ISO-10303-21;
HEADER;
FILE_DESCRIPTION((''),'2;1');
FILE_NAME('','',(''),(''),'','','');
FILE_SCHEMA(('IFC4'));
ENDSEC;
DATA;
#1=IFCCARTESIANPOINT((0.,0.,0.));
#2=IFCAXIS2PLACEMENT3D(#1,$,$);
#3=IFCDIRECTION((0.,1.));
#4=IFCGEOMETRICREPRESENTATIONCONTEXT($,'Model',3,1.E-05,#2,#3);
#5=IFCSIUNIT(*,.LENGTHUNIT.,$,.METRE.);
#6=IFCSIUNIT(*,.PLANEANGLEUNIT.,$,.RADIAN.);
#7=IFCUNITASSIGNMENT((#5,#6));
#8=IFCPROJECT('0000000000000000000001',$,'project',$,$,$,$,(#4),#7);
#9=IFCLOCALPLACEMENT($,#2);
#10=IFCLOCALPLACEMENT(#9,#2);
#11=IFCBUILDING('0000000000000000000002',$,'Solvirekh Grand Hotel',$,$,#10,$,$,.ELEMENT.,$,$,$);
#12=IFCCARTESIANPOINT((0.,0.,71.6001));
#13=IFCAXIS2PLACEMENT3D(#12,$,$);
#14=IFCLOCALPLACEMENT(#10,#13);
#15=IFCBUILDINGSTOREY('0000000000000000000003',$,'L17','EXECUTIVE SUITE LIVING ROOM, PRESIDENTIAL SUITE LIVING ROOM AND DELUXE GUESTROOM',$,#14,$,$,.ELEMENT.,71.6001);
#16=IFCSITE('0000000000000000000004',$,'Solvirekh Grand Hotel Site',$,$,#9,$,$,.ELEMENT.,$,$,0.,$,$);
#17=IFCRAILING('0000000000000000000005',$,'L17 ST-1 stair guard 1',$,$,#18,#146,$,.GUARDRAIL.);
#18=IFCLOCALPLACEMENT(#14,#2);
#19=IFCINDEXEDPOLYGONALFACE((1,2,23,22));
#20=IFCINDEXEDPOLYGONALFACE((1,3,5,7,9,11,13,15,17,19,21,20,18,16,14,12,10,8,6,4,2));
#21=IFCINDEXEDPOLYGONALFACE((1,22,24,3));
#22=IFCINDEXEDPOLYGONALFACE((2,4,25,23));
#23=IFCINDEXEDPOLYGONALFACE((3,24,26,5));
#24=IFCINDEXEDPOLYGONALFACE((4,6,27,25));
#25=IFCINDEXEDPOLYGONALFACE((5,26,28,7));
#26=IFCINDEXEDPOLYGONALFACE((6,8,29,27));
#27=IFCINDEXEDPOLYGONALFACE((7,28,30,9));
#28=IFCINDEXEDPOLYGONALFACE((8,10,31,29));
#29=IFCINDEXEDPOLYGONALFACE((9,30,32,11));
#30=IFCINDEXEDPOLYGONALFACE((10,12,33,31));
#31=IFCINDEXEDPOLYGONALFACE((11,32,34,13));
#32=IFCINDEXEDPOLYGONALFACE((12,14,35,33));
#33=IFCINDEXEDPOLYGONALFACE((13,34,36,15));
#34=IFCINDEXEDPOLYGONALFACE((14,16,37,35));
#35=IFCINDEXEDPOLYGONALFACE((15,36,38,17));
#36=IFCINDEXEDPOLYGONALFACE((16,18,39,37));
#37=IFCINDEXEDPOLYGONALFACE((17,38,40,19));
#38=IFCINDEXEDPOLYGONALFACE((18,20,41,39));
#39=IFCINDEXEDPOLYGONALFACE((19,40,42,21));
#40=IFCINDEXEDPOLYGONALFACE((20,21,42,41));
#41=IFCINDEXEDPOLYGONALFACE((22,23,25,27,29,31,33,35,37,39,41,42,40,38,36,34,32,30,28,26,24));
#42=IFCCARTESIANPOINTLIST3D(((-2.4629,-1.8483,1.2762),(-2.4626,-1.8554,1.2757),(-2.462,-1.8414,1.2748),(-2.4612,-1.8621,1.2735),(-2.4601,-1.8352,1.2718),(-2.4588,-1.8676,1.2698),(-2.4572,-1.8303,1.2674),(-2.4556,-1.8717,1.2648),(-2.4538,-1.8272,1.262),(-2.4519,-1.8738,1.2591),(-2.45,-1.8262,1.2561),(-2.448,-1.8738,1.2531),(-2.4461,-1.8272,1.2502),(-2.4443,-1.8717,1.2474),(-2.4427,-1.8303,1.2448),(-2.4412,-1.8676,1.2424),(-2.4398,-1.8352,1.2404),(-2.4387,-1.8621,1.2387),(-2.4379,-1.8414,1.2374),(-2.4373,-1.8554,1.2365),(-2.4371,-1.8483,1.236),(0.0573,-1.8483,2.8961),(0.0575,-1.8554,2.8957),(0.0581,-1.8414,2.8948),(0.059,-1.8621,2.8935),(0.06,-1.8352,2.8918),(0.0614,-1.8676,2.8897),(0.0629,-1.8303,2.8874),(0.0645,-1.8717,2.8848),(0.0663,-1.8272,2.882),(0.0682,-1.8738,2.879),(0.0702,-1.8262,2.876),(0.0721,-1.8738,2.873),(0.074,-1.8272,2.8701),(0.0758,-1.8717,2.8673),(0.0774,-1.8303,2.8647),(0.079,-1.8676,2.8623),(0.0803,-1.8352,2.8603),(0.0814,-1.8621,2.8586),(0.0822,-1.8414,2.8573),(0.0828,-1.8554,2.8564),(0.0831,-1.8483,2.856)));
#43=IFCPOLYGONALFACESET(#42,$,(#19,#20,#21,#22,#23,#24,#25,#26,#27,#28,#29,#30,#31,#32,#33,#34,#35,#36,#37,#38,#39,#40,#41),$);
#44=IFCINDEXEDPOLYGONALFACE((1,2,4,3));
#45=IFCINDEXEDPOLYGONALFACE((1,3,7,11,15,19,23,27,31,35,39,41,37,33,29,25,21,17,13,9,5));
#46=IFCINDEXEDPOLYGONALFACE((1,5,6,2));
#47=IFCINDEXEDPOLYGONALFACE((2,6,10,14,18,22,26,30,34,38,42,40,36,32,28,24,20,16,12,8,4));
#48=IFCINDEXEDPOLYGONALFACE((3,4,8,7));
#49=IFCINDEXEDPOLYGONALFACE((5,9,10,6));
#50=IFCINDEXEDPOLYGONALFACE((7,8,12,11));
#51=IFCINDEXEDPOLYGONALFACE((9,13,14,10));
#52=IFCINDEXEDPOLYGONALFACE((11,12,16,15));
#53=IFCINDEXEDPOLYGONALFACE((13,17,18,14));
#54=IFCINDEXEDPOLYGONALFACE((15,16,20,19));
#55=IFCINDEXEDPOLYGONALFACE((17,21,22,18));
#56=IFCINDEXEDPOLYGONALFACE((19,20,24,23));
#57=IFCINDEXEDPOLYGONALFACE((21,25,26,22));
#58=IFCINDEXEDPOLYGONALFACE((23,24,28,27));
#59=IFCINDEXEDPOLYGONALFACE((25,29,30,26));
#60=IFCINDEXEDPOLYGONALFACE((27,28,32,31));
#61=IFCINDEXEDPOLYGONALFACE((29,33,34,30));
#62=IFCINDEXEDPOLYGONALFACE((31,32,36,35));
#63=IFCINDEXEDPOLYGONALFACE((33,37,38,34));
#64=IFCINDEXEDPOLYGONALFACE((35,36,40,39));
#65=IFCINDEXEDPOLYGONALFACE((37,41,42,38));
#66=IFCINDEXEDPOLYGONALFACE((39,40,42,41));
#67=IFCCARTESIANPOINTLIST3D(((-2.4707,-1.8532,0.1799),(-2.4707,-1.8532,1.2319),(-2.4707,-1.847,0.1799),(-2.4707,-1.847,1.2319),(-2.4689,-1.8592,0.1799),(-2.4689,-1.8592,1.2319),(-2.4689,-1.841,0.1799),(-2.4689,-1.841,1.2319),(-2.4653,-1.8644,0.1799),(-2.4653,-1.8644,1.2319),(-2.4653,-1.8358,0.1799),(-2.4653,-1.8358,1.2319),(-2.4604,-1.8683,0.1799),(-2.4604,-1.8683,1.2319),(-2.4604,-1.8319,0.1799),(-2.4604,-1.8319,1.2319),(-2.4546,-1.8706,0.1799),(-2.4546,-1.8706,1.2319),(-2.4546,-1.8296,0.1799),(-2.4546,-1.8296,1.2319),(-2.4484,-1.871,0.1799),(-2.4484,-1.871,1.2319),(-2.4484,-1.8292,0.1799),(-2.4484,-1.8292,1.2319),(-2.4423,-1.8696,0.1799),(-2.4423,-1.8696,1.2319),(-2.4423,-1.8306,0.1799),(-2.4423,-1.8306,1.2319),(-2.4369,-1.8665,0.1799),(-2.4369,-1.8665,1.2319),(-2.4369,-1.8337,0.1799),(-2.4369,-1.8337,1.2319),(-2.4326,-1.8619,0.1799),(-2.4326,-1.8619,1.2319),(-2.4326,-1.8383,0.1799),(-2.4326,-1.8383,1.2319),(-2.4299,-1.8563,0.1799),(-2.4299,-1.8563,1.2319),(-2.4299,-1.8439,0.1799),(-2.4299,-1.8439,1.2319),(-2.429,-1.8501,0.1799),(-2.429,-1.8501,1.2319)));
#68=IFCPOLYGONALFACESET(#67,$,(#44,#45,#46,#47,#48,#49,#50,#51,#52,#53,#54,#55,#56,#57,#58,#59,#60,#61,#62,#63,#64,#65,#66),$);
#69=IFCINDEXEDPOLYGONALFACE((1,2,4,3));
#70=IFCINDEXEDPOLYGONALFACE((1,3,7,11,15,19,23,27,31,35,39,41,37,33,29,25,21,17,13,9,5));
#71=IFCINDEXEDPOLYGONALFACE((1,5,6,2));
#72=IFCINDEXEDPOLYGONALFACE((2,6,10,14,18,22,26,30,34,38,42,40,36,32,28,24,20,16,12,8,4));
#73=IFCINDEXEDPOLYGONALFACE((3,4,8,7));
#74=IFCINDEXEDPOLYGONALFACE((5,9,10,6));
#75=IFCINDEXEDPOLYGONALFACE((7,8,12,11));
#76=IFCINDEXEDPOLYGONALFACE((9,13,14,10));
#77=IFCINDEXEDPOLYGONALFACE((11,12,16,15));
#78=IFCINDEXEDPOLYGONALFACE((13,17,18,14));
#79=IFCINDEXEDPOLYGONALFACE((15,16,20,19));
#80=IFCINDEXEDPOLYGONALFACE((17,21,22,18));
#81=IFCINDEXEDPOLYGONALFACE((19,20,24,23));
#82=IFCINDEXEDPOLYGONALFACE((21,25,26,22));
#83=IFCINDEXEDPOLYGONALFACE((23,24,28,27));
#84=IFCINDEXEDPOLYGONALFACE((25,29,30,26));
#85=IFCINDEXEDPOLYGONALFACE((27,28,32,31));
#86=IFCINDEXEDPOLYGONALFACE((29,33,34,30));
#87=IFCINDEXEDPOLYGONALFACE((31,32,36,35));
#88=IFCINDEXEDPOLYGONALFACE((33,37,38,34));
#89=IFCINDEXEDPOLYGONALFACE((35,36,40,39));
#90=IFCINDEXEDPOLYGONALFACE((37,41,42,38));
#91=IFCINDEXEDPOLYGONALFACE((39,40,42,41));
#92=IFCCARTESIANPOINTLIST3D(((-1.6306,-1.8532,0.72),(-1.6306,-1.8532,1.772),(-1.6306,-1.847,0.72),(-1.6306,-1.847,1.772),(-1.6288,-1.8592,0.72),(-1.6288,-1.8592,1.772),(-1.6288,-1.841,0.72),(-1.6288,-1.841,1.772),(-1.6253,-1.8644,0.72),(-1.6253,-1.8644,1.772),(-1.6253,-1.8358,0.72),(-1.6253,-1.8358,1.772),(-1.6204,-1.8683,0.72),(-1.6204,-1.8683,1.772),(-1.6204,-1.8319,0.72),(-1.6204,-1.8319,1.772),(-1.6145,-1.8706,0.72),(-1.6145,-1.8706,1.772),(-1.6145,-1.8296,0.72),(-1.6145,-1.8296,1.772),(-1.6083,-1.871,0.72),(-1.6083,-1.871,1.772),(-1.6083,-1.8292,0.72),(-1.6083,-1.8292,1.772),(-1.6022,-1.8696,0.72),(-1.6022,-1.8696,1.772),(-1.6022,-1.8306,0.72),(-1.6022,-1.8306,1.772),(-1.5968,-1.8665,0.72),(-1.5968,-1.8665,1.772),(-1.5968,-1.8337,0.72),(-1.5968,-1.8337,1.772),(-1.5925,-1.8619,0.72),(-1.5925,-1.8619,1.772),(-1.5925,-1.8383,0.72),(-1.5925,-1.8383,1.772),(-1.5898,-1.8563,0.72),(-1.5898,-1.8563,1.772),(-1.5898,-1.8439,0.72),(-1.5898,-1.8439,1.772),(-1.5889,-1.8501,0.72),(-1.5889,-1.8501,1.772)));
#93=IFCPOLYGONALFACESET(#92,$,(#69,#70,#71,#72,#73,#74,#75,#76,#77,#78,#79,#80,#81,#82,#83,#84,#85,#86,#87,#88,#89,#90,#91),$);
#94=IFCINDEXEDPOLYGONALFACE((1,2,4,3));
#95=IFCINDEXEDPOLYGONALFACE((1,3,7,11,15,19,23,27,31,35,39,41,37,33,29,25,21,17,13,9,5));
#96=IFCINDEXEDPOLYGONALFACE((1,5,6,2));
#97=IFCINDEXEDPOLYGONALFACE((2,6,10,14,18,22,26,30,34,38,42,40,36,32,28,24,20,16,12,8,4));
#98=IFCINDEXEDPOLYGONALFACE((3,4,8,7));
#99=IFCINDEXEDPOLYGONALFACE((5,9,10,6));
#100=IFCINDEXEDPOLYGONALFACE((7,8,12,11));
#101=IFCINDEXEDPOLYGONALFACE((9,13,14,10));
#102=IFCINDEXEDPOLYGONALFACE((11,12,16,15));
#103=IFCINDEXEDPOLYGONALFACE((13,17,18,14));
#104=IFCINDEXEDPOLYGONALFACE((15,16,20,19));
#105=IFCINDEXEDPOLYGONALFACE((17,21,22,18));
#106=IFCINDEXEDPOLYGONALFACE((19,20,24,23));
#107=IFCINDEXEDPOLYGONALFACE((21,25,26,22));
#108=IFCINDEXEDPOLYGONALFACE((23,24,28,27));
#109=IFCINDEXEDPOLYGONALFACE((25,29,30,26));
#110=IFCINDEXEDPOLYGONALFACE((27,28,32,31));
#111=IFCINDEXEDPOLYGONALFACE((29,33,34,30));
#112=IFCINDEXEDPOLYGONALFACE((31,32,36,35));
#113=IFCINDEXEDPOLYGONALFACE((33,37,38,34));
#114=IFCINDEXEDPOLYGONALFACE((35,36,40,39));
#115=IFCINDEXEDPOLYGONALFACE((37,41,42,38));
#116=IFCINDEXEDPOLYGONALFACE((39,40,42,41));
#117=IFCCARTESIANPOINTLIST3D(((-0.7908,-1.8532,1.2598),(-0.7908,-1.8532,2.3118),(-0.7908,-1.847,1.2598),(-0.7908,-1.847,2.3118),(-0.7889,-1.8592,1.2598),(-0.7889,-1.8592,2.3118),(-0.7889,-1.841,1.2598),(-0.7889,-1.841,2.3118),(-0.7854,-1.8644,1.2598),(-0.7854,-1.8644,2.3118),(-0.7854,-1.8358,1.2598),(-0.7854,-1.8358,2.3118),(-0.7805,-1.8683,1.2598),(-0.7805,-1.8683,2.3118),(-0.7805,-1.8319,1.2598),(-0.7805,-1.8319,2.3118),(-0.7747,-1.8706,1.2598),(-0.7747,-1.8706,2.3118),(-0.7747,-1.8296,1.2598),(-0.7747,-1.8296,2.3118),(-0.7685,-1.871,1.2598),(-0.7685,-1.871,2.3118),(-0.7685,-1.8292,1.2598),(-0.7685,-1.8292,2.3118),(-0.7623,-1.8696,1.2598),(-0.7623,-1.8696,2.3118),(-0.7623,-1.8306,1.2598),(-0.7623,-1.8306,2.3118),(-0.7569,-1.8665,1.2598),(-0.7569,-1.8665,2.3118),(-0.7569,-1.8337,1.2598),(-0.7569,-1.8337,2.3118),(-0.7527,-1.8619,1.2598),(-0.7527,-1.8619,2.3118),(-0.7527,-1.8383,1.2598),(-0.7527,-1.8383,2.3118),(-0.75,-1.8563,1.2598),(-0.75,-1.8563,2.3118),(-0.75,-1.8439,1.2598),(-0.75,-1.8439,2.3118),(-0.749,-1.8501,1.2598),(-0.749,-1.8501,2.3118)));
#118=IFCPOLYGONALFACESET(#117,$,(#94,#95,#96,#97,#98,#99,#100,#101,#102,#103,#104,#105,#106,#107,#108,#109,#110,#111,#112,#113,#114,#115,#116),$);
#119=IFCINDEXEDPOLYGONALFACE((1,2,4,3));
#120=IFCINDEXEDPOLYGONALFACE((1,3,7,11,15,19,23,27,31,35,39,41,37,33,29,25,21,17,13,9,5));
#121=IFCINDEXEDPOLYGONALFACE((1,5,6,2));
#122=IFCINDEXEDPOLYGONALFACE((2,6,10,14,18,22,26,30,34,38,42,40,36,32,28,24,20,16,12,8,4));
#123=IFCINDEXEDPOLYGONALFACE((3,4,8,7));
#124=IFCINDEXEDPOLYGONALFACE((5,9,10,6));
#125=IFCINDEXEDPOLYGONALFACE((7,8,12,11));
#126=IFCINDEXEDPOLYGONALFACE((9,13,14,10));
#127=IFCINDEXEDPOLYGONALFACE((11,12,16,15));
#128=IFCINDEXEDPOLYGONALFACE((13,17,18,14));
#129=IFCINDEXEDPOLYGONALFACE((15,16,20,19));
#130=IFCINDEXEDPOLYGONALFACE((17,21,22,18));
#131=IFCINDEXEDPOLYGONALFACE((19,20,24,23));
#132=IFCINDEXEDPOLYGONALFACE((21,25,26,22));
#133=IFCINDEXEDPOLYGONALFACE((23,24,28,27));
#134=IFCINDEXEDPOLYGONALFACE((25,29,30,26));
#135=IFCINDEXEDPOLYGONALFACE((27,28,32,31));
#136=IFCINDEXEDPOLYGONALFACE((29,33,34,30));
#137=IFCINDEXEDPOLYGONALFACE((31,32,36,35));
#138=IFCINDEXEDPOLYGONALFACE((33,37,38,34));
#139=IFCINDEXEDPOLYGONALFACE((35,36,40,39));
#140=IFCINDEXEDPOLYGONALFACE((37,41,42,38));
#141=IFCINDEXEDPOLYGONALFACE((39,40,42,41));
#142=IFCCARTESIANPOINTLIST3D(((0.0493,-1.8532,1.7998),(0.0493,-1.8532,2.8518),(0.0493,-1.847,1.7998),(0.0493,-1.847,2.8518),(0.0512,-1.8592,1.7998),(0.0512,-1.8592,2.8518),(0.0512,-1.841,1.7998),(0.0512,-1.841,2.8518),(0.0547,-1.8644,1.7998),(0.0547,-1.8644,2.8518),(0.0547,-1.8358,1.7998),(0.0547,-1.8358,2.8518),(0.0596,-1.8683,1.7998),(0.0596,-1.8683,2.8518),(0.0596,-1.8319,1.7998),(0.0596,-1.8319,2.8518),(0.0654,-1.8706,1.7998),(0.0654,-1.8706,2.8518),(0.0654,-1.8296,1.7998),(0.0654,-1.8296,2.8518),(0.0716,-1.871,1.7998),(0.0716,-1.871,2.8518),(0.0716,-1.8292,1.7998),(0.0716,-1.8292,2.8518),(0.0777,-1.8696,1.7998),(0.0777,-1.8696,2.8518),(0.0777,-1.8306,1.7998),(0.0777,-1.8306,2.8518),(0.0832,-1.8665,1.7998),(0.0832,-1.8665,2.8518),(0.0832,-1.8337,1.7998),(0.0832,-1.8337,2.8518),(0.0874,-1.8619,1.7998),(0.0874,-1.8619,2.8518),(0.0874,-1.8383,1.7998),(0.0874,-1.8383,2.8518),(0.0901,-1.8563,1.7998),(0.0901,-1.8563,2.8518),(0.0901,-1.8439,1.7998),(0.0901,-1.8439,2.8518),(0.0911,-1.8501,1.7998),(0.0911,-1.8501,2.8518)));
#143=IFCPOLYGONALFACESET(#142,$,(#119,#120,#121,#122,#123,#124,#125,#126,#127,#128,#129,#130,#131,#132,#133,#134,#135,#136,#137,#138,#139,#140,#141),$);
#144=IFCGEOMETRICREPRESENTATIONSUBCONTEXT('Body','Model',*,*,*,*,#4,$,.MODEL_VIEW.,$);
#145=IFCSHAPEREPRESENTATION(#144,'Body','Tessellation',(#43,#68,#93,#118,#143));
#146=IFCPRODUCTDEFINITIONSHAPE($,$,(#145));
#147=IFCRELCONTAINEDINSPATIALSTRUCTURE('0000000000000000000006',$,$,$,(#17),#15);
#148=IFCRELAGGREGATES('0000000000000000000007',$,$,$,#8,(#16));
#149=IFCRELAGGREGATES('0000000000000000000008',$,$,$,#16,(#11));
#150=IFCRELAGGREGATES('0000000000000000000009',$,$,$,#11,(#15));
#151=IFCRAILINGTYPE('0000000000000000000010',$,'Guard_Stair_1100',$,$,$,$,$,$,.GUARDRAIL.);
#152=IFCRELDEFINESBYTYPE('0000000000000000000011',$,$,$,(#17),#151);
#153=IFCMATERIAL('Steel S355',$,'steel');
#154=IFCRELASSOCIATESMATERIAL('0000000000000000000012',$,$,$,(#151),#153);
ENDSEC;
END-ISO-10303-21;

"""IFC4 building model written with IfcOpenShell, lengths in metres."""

from ifc_helpers import new_model, si_unit, direction, frame, origin, origin_2d, place, context, subcontext, project, spatial, circle, extrude, material, type_object, element, save


model = new_model("IFC4")

# Units and contexts
model_context = context("Model", 3, precision=1e-05, world=origin(), true_north=direction((0.0, 1.0)))
body_context = subcontext(model_context, "Body", "Model", "MODEL_VIEW")
ifc_project = project(units=[si_unit("LENGTHUNIT", "METRE"), si_unit("PLANEANGLEUNIT", "RADIAN")], contexts=[model_context])

# Site, building, storey
site_placement = place(None, origin())
site = spatial("IfcSite", under=ifc_project, at=site_placement, Name="Solvirekh Grand Hotel Site", CompositionType="ELEMENT", RefElevation=0.0)
building_placement = place(site_placement, origin())
building = spatial("IfcBuilding", under=site, at=building_placement, Name="Solvirekh Grand Hotel", CompositionType="ELEMENT")
storey_placement = place(building_placement, frame((0.0, 0.0, 71.6001)))
storey = spatial("IfcBuildingStorey", under=building, at=storey_placement, Name="L17", Description="EXECUTIVE SUITE LIVING ROOM, PRESIDENTIAL SUITE LIVING ROOM AND DELUXE GUESTROOM", CompositionType="ELEMENT", Elevation=71.6001)

# Railing
ifc_material_1 = material(Name="Steel S355", Category="steel")
railing_type_1 = type_object("IfcRailingType", Name="Guard_Stair_1100", PredefinedType="GUARDRAIL", material=ifc_material_1)
railing_1_placement = place(storey_placement, frame((-2.45, -1.8501, 0.1799)))
element("IfcRailing", 1, at=railing_1_placement, inside=storey, type_object=railing_type_1, Name="L17 ST-1 stair guard 1", PredefinedType="GUARDRAIL", context=body_context, shape_type="SweptSolid", body=[
    extrude(circle(Radius=0.0239, at=origin_2d()), frame((0.0, 0.0, 1.0762), z_axis=(0.8412, 0.0, 0.540725), x_axis=(0.0, 1.0, 0.0)), (0.0, 0.0, 1.0), 2.9958),
    extrude(circle(Radius=0.021, at=origin_2d()), origin(), (0.0, 0.0, 1.0), 1.052),
    extrude(circle(Radius=0.021, at=origin_2d()), frame((0.8401, 0.0, 0.54)), (0.0, 0.0, 1.0), 1.052),
    extrude(circle(Radius=0.021, at=origin_2d()), frame((1.6799, 0.0, 1.0798)), (0.0, 0.0, 1.0), 1.052),
    extrude(circle(Radius=0.021, at=origin_2d()), frame((2.52, 0.0, 1.6199)), (0.0, 0.0, 1.0), 1.052),
])

save(model, "model.ifc")
